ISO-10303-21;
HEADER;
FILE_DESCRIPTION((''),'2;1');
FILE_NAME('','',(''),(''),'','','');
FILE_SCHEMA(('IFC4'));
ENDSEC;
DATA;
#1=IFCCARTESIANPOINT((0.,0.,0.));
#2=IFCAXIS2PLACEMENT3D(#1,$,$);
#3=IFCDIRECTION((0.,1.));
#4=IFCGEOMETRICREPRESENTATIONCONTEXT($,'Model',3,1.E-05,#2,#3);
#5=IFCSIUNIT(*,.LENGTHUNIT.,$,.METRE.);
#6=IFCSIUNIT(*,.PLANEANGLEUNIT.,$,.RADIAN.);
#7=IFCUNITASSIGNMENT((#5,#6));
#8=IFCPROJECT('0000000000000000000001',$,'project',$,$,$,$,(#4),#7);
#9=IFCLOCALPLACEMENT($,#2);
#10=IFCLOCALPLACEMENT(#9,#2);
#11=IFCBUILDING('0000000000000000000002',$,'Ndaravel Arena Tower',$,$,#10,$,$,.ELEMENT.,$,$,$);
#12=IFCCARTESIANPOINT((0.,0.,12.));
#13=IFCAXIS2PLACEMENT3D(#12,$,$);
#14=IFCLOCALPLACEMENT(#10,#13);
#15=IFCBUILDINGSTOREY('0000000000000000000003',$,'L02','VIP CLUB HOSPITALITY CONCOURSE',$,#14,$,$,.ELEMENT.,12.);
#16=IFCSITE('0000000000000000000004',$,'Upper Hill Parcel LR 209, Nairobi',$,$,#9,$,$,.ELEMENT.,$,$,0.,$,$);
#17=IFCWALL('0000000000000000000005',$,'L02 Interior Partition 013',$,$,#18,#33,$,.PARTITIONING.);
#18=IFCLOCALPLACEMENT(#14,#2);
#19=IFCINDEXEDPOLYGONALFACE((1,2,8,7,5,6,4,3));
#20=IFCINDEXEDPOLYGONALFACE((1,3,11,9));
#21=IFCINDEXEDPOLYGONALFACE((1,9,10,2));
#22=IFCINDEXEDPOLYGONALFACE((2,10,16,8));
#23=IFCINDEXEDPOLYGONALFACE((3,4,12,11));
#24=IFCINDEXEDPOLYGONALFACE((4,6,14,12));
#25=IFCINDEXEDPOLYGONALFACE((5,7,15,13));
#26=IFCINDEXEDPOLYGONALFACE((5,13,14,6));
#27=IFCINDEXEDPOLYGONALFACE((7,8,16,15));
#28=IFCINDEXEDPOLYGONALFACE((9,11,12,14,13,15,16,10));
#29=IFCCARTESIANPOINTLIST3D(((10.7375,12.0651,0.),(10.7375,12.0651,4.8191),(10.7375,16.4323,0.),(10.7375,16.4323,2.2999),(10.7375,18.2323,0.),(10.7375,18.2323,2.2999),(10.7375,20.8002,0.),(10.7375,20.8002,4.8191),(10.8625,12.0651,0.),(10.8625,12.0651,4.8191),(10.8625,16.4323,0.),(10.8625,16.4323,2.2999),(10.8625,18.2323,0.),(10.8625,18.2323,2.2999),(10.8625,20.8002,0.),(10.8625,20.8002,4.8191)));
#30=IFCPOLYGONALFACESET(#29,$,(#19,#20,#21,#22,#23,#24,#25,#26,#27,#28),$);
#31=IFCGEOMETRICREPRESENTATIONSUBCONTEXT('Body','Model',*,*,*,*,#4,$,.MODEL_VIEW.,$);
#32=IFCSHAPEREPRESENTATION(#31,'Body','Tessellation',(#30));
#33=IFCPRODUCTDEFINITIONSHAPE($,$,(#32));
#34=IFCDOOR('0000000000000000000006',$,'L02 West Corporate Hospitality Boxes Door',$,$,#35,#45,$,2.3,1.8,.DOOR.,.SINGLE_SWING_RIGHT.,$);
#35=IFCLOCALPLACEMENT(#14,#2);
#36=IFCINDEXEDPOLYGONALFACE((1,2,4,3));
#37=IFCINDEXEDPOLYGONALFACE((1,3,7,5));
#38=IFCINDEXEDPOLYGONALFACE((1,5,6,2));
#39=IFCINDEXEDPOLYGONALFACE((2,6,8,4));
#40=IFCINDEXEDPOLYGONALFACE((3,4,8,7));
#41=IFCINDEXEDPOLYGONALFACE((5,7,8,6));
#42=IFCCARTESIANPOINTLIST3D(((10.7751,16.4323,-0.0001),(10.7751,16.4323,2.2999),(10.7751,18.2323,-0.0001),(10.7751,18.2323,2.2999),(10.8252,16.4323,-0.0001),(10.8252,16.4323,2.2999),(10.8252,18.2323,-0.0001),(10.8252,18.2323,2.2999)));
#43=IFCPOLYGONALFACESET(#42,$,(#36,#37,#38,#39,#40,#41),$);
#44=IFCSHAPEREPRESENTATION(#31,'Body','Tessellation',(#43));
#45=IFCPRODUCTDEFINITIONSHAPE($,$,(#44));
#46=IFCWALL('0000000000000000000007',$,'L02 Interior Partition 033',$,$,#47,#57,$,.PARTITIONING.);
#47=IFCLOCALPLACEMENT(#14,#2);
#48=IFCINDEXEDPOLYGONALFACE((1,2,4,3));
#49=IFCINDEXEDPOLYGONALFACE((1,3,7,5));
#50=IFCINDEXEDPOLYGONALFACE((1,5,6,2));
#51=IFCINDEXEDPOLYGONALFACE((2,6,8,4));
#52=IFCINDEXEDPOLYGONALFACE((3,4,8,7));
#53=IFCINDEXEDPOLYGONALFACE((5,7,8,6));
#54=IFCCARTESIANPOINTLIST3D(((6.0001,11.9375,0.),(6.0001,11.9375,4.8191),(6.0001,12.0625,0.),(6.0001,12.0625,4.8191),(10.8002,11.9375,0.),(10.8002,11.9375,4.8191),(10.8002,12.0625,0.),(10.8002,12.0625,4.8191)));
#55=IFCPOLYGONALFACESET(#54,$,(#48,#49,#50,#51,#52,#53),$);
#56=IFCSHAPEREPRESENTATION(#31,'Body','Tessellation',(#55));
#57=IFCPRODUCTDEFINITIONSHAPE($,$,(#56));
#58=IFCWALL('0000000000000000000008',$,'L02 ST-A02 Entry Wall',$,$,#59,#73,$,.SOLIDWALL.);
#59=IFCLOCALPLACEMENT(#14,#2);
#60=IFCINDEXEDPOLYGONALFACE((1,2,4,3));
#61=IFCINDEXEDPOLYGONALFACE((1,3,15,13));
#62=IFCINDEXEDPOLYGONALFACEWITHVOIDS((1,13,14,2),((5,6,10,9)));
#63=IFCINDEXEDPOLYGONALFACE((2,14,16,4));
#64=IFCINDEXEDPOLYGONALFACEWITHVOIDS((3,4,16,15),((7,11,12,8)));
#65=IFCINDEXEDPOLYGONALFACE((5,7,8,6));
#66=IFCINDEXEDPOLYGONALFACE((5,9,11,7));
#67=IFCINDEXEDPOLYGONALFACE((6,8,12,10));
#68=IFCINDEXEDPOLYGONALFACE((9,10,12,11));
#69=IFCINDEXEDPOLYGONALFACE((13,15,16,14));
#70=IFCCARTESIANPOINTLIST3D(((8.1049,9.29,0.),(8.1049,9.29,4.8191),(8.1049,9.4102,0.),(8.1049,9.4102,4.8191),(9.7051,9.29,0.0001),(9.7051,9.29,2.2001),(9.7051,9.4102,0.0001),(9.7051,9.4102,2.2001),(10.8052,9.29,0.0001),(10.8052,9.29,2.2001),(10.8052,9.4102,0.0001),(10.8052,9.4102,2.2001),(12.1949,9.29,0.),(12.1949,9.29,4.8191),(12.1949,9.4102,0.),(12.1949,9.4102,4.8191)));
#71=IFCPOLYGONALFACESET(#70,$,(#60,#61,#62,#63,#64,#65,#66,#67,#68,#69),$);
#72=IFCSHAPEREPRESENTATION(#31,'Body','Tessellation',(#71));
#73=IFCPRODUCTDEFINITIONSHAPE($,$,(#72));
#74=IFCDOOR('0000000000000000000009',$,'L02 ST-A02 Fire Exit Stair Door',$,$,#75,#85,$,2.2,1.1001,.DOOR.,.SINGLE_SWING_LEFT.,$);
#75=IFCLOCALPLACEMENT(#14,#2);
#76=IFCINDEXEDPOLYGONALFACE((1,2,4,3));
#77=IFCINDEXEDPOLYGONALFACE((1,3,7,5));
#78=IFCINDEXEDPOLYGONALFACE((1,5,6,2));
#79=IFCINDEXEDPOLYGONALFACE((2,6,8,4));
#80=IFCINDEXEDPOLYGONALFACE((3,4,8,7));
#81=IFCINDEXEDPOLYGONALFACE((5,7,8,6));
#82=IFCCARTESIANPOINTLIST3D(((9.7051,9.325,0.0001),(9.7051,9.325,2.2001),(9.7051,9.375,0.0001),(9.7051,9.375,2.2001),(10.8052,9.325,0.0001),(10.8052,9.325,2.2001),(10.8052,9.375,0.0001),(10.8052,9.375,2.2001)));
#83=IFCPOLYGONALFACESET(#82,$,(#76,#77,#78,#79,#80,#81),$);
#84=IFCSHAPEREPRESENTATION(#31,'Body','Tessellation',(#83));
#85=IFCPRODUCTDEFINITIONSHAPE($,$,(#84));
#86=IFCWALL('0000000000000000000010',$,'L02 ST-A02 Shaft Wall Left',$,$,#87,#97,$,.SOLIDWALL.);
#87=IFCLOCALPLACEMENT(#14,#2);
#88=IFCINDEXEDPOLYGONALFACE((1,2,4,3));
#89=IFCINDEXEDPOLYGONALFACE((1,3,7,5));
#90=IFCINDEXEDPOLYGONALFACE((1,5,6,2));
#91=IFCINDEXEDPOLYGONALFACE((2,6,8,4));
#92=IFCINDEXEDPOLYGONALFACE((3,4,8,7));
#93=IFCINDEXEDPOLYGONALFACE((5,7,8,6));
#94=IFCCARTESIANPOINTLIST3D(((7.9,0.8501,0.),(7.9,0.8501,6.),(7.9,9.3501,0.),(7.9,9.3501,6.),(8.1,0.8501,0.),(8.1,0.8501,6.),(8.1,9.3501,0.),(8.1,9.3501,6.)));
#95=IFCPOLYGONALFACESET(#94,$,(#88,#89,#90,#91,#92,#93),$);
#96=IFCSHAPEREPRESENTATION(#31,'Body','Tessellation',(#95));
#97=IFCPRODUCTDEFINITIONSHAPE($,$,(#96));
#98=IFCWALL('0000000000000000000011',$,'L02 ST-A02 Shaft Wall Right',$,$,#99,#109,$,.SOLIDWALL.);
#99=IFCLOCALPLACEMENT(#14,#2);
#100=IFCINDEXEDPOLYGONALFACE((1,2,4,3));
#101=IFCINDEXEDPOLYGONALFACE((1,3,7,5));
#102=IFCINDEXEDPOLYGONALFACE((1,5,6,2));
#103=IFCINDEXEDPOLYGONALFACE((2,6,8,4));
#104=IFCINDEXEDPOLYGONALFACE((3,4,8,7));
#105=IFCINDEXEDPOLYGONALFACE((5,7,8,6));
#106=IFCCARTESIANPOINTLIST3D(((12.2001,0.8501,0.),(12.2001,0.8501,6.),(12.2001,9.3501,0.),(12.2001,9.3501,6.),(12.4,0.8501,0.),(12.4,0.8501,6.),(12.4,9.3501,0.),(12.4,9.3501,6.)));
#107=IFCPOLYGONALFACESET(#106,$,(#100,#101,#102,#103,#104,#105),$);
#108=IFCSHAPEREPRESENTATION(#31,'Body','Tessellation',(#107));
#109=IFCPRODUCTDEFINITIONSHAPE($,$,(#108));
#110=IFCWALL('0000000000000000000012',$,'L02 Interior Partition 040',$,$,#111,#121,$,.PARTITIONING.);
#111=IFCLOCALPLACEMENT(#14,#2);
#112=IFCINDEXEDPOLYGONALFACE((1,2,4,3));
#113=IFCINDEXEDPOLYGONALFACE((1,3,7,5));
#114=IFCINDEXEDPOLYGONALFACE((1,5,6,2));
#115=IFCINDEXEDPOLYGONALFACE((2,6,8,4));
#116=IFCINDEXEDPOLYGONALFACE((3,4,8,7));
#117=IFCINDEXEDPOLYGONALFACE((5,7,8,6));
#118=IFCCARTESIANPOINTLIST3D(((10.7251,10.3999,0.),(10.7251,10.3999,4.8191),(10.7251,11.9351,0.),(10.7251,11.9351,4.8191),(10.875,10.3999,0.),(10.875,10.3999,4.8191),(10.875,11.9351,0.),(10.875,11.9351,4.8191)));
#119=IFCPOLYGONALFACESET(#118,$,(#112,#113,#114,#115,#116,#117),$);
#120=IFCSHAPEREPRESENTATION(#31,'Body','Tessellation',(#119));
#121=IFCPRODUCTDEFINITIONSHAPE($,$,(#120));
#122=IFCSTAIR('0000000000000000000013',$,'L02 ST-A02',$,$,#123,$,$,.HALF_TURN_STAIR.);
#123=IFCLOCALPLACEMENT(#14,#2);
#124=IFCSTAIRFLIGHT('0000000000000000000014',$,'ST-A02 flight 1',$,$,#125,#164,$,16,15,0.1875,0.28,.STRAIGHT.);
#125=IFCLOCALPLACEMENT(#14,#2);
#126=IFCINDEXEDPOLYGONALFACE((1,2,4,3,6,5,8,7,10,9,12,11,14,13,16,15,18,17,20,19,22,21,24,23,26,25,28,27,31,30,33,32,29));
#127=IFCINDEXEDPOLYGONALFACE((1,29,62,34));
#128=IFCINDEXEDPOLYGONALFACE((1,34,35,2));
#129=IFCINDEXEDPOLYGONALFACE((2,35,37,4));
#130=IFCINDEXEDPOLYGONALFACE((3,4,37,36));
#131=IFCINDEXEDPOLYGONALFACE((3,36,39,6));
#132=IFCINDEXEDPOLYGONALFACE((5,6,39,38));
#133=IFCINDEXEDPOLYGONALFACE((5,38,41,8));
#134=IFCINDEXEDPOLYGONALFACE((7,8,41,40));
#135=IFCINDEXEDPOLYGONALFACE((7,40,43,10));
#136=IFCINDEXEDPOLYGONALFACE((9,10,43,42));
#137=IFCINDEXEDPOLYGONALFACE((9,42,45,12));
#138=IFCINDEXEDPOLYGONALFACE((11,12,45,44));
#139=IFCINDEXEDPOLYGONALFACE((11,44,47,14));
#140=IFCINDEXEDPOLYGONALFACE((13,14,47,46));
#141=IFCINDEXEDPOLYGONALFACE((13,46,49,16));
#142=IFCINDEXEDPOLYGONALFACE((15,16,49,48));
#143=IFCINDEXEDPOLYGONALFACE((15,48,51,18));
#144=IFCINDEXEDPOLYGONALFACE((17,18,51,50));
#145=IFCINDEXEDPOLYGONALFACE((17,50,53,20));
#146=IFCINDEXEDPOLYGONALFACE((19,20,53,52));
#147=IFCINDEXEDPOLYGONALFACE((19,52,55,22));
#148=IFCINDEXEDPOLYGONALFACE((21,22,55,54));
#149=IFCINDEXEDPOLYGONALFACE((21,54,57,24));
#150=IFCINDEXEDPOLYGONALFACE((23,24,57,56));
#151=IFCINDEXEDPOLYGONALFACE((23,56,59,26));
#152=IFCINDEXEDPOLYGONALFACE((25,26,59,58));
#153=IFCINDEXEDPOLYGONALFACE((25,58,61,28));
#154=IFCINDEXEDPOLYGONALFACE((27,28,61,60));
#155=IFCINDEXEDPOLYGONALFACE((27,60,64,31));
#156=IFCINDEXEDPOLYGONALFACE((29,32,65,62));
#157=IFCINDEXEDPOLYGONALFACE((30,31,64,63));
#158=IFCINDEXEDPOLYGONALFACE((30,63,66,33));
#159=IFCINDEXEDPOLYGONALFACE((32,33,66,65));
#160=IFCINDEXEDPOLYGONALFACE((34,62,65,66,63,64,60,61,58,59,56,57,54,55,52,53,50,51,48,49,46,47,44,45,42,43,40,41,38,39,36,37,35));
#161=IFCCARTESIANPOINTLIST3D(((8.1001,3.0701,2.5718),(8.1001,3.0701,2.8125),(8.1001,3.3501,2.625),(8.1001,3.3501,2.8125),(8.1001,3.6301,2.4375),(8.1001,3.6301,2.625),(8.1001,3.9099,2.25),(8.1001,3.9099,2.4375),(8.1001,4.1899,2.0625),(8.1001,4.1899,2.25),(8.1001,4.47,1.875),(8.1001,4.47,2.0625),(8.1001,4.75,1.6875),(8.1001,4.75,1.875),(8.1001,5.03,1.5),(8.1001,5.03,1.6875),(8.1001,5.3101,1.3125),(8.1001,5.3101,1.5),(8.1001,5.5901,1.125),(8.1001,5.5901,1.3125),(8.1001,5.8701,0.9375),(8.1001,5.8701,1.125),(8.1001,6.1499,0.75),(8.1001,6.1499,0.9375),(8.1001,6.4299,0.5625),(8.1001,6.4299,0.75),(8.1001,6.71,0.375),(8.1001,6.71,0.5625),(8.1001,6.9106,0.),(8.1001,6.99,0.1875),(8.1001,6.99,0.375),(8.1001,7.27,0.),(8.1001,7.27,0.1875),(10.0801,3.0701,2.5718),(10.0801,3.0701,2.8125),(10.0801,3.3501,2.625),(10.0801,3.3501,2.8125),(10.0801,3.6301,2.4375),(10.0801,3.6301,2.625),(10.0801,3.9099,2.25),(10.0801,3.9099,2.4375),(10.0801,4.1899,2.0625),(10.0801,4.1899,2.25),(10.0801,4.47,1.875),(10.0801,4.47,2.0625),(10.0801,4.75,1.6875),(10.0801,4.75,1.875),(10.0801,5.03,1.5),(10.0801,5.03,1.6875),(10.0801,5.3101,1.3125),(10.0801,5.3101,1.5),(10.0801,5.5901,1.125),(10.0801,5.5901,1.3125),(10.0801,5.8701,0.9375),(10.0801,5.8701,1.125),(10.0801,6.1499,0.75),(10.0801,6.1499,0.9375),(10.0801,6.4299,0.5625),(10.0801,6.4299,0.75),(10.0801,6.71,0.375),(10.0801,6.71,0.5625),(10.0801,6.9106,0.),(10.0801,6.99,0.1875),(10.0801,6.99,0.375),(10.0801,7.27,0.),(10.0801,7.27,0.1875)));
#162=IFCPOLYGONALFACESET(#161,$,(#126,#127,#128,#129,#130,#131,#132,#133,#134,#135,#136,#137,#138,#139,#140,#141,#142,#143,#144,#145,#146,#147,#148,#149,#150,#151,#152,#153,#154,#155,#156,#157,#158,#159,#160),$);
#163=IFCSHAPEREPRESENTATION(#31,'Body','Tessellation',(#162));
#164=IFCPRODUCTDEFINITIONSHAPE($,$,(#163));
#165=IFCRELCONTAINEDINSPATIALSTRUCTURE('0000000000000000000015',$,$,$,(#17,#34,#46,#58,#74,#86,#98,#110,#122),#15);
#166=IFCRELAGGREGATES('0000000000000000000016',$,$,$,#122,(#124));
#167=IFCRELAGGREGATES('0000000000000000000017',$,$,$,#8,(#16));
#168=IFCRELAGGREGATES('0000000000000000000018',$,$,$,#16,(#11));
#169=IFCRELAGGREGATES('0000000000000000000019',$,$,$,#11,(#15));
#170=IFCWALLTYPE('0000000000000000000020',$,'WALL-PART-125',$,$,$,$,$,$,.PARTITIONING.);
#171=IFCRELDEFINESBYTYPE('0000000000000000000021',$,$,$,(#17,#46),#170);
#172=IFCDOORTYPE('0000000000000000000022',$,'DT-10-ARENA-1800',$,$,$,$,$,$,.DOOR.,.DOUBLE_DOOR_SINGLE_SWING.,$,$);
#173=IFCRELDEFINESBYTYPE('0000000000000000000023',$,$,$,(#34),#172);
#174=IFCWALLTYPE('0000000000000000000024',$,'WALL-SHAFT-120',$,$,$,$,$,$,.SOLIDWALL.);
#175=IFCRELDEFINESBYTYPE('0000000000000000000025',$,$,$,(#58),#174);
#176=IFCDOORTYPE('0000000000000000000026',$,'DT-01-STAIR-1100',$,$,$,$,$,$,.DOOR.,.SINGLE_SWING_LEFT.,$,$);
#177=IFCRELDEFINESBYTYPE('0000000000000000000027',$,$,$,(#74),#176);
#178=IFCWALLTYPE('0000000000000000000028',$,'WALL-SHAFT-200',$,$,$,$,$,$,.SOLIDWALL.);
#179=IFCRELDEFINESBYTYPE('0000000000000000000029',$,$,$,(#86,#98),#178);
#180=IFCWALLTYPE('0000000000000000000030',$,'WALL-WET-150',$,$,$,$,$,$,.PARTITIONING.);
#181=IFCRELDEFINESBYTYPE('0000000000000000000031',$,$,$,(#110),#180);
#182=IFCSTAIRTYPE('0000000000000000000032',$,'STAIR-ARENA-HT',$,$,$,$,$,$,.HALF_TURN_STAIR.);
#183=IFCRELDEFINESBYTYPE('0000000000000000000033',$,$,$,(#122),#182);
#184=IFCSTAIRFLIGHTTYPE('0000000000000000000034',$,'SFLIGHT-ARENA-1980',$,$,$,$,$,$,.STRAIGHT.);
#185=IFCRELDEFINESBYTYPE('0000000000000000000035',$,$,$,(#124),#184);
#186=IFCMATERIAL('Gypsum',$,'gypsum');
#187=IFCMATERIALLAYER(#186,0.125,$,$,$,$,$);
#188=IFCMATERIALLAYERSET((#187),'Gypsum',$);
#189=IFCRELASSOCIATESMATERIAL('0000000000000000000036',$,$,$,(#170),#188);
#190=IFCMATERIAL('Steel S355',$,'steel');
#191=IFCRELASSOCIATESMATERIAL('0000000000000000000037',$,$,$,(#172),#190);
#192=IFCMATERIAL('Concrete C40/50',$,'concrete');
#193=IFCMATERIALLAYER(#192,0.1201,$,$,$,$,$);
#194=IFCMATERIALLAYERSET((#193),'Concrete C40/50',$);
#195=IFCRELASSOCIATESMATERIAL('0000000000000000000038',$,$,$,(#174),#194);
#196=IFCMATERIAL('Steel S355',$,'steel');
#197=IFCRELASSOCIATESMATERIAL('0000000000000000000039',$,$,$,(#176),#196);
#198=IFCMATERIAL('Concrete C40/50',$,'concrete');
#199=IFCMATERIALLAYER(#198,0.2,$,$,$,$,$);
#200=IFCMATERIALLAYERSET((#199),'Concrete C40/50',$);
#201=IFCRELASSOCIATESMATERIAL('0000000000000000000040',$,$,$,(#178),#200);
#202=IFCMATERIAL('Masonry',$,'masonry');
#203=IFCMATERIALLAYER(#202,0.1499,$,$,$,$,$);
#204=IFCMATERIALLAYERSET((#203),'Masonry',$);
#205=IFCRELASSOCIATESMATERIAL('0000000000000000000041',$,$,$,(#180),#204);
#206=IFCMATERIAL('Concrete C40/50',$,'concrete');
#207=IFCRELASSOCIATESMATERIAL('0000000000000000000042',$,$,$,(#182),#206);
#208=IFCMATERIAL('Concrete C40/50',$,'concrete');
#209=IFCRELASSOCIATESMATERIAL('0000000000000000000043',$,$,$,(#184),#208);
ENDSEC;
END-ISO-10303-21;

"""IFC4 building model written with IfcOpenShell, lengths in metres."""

from ifc_helpers import new_model, si_unit, direction, frame, frame_2d, origin, place, context, subcontext, project, spatial, polyline, rectangle, outline, extrude, material, layer, layer_set, type_object, element, fill, aggregate, save


model = new_model("IFC4")

# Units and contexts
model_context = context("Model", 3, precision=1e-05, world=origin(), true_north=direction((0.0, 1.0)))
body_context = subcontext(model_context, "Body", "Model", "MODEL_VIEW")
ifc_project = project(units=[si_unit("LENGTHUNIT", "METRE"), si_unit("PLANEANGLEUNIT", "RADIAN")], contexts=[model_context])

# Site, building, storey
site_placement = place(None, origin())
site = spatial("IfcSite", under=ifc_project, at=site_placement, Name="Upper Hill Parcel LR 209, Nairobi", CompositionType="ELEMENT", RefElevation=0.0)
building_placement = place(site_placement, origin())
building = spatial("IfcBuilding", under=site, at=building_placement, Name="Ndaravel Arena Tower", CompositionType="ELEMENT")
storey_placement = place(building_placement, frame((0.0, 0.0, 12.0)))
storey = spatial("IfcBuildingStorey", under=building, at=storey_placement, Name="L02", Description="VIP CLUB HOSPITALITY CONCOURSE", CompositionType="ELEMENT", Elevation=12.0)

# Wall, opening, door
ifc_material_1 = material(Name="Gypsum", Category="gypsum")
ifc_layer_1 = layer(ifc_material_1, 0.125)
ifc_layer_set_1 = layer_set([ifc_layer_1], Name="Gypsum")
wall_type_1 = type_object("IfcWallType", Name="WALL-PART-125", PredefinedType="PARTITIONING", material=ifc_layer_set_1)
wall_1_placement = place(storey_placement, frame((10.8, 12.0649, 0.0), z_axis=(0.0, 0.0, 1.0), x_axis=(0.0, 1.0, 0.0)))
wall_1 = element("IfcWall", 1, at=wall_1_placement, inside=storey, type_object=wall_type_1, Name="L02 Interior Partition 013", PredefinedType="PARTITIONING", context=body_context, shape_type="SweptSolid", body=[
    extrude(rectangle(XDim=8.7351, YDim=0.125, at=frame_2d((4.3677, 0.0))), origin(), (0.0, 0.0, 1.0), 4.8191),
])
opening_1_placement = place(wall_1_placement, frame((4.3674, 0.0, 0.0)))
opening_1 = element("IfcOpeningElement", 2, at=opening_1_placement, cuts=wall_1, PredefinedType="OPENING", context=body_context, shape_type="SweptSolid", body=[
    extrude(rectangle(XDim=1.8, YDim=2.3, at=frame_2d((0.8999, 1.1499))), frame((0.0, 0.0625, 0.0), z_axis=(0.0, -1.0, 0.0), x_axis=(1.0, 0.0, 0.0)), (0.0, 0.0, 1.0), 0.125),
])
ifc_material_2 = material(Name="Steel S355", Category="steel")
door_type_1 = type_object("IfcDoorType", Name="DT-10-ARENA-1800", OperationType="DOUBLE_DOOR_SINGLE_SWING", PredefinedType="DOOR", material=ifc_material_2)
door_1_placement = place(opening_1_placement, origin())
door_1 = element("IfcDoor", 3, at=door_1_placement, inside=storey, type_object=door_type_1, Name="L02 West Corporate Hospitality Boxes Door", OperationType="SINGLE_SWING_RIGHT", OverallHeight=2.3, OverallWidth=1.8, PredefinedType="DOOR", context=body_context, shape_type="SweptSolid", body=[
    extrude(rectangle(XDim=1.8, YDim=2.3, at=frame_2d((0.8999, 1.1499))), frame((0.0, 0.0249, 0.0), z_axis=(0.0, -1.0, 0.0), x_axis=(1.0, 0.0, 0.0)), (0.0, 0.0, 1.0), 0.05),
])
fill(opening_1, door_1)

# Wall
wall_2_placement = place(storey_placement, frame((10.8, 12.0, 0.0), z_axis=(0.0, 0.0, 1.0), x_axis=(-1.0, 0.0, 0.0)))
element("IfcWall", 4, at=wall_2_placement, inside=storey, type_object=wall_type_1, Name="L02 Interior Partition 033", PredefinedType="PARTITIONING", context=body_context, shape_type="SweptSolid", body=[
    extrude(rectangle(XDim=4.8, YDim=0.125, at=frame_2d((2.3999, 0.0))), origin(), (0.0, 0.0, 1.0), 4.8191),
])

# Wall, opening, door
ifc_material_3 = material(Name="Concrete C40/50", Category="concrete")
ifc_layer_2 = layer(ifc_material_3, 0.1201)
ifc_layer_set_2 = layer_set([ifc_layer_2], Name="Concrete C40/50")
wall_type_2 = type_object("IfcWallType", Name="WALL-SHAFT-120", PredefinedType="SOLIDWALL", material=ifc_layer_set_2)
wall_3_placement = place(storey_placement, frame((8.105, 9.3501, 0.0), z_axis=(0.0, 0.0, 1.0), x_axis=(1.0, 0.0, 0.0)))
wall_3 = element("IfcWall", 5, at=wall_3_placement, inside=storey, type_object=wall_type_2, Name="L02 ST-A02 Entry Wall", PredefinedType="SOLIDWALL", context=body_context, shape_type="SweptSolid", body=[
    extrude(rectangle(XDim=4.0901, YDim=0.1201, at=frame_2d((2.0449, 0.0))), origin(), (0.0, 0.0, 1.0), 4.8191),
])
opening_2_placement = place(wall_3_placement, frame((1.6001, 0.0, 0.0)))
opening_2 = element("IfcOpeningElement", 6, at=opening_2_placement, cuts=wall_3, PredefinedType="OPENING", context=body_context, shape_type="SweptSolid", body=[
    extrude(rectangle(XDim=1.1001, YDim=2.2, at=frame_2d((0.55, 1.1001))), frame((0.0, 0.0601, 0.0), z_axis=(0.0, -1.0, 0.0), x_axis=(1.0, 0.0, 0.0)), (0.0, 0.0, 1.0), 0.1201),
])
ifc_material_4 = material(Name="Steel S355", Category="steel")
door_type_2 = type_object("IfcDoorType", Name="DT-01-STAIR-1100", OperationType="SINGLE_SWING_LEFT", PredefinedType="DOOR", material=ifc_material_4)
door_2_placement = place(opening_2_placement, origin())
door_2 = element("IfcDoor", 7, at=door_2_placement, inside=storey, type_object=door_type_2, Name="L02 ST-A02 Fire Exit Stair Door", OperationType="SINGLE_SWING_LEFT", OverallHeight=2.2, OverallWidth=1.1001, PredefinedType="DOOR", context=body_context, shape_type="SweptSolid", body=[
    extrude(rectangle(XDim=1.1001, YDim=2.2, at=frame_2d((0.55, 1.1001))), frame((0.0, 0.0249, 0.0), z_axis=(0.0, -1.0, 0.0), x_axis=(1.0, 0.0, 0.0)), (0.0, 0.0, 1.0), 0.05),
])
fill(opening_2, door_2)

# Walls
ifc_material_5 = material(Name="Concrete C40/50", Category="concrete")
ifc_layer_3 = layer(ifc_material_5, 0.2)
ifc_layer_set_3 = layer_set([ifc_layer_3], Name="Concrete C40/50")
wall_type_3 = type_object("IfcWallType", Name="WALL-SHAFT-200", PredefinedType="SOLIDWALL", material=ifc_layer_set_3)
for number, where, z_axis, x_axis, name in (
    (8, (8.0, 9.3501, 0.0), (0.0, 0.0, 1.0), (0.0, -1.0, 0.0), "L02 ST-A02 Shaft Wall Left"),
    (9, (12.3, 9.3501, 0.0), (0.0, 0.0, 1.0), (0.0, -1.0, 0.0), "L02 ST-A02 Shaft Wall Right"),
):
    element("IfcWall", number, at=place(storey_placement, frame(where, z_axis=z_axis, x_axis=x_axis)), inside=storey, type_object=wall_type_3, Name=name, PredefinedType="SOLIDWALL", context=body_context, shape_type="SweptSolid", body=[
        extrude(rectangle(XDim=8.5, YDim=0.2, at=frame_2d((4.25, 0.0))), origin(), (0.0, 0.0, 1.0), 6.0),
    ])
ifc_material_6 = material(Name="Masonry", Category="masonry")
ifc_layer_4 = layer(ifc_material_6, 0.1499)
ifc_layer_set_4 = layer_set([ifc_layer_4], Name="Masonry")
wall_type_4 = type_object("IfcWallType", Name="WALL-WET-150", PredefinedType="PARTITIONING", material=ifc_layer_set_4)
wall_4_placement = place(storey_placement, frame((10.8, 10.3999, 0.0), z_axis=(0.0, 0.0, 1.0), x_axis=(0.0, 1.0, 0.0)))
element("IfcWall", 10, at=wall_4_placement, inside=storey, type_object=wall_type_4, Name="L02 Interior Partition 040", PredefinedType="PARTITIONING", context=body_context, shape_type="SweptSolid", body=[
    extrude(rectangle(XDim=1.5352, YDim=0.1499, at=frame_2d((0.7676, 0.0))), origin(), (0.0, 0.0, 1.0), 4.8191),
])

# Stair, stair flight
ifc_material_7 = material(Name="Concrete C40/50", Category="concrete")
stair_type = type_object("IfcStairType", Name="STAIR-ARENA-HT", PredefinedType="HALF_TURN_STAIR", material=ifc_material_7)
stair_placement = place(storey_placement, origin())
stair = element("IfcStair", 11, at=stair_placement, inside=storey, type_object=stair_type, Name="L02 ST-A02", PredefinedType="HALF_TURN_STAIR")
ifc_material_8 = material(Name="Concrete C40/50", Category="concrete")
stair_flight_type = type_object("IfcStairFlightType", Name="SFLIGHT-ARENA-1980", PredefinedType="STRAIGHT", material=ifc_material_8)
stair_flight_1_placement = place(storey_placement, frame((9.0901, 7.27, 0.0), z_axis=(0.0, 0.0, 1.0), x_axis=(0.0, -1.0, 0.0)))
stair_flight_1 = element("IfcStairFlight", 12, at=stair_flight_1_placement, type_object=stair_flight_type, Name="ST-A02 flight 1", NumberOfRisers=16, NumberOfTreads=15, PredefinedType="STRAIGHT", RiserHeight=0.1875, TreadLength=0.28, context=body_context, shape_type="SweptSolid", body=[
    extrude(outline(polyline([(0.0, 0.0), (0.0, 0.1875), (0.28, 0.1875), (0.28, 0.375), (0.5601, 0.375), (0.5601, 0.5625), (0.8401, 0.5625), (0.8401, 0.75), (1.1201, 0.75), (1.1201, 0.9375), (1.3999, 0.9375), (1.3999, 1.125), (1.6799, 1.125), (1.6799, 1.3125), (1.96, 1.3125), (1.96, 1.5), (2.24, 1.5), (2.24, 1.6875), (2.52, 1.6875), (2.52, 1.875), (2.8, 1.875), (2.8, 2.0625), (3.0801, 2.0625), (3.0801, 2.25), (3.3601, 2.25), (3.3601, 2.4375), (3.6399, 2.4375), (3.6399, 2.625), (3.9199, 2.625), (3.9199, 2.8125), (4.2, 2.8125), (4.2, 3.0), (4.2, 2.5718), (0.3594, 0.0), (0.0, 0.0)])), frame((0.0, 0.99, 0.0), z_axis=(0.0, -1.0, 0.0), x_axis=(1.0, 0.0, 0.0)), (0.0, 0.0, 1.0), 1.98),
])
aggregate(stair, [stair_flight_1])

save(model, "model.ifc")
